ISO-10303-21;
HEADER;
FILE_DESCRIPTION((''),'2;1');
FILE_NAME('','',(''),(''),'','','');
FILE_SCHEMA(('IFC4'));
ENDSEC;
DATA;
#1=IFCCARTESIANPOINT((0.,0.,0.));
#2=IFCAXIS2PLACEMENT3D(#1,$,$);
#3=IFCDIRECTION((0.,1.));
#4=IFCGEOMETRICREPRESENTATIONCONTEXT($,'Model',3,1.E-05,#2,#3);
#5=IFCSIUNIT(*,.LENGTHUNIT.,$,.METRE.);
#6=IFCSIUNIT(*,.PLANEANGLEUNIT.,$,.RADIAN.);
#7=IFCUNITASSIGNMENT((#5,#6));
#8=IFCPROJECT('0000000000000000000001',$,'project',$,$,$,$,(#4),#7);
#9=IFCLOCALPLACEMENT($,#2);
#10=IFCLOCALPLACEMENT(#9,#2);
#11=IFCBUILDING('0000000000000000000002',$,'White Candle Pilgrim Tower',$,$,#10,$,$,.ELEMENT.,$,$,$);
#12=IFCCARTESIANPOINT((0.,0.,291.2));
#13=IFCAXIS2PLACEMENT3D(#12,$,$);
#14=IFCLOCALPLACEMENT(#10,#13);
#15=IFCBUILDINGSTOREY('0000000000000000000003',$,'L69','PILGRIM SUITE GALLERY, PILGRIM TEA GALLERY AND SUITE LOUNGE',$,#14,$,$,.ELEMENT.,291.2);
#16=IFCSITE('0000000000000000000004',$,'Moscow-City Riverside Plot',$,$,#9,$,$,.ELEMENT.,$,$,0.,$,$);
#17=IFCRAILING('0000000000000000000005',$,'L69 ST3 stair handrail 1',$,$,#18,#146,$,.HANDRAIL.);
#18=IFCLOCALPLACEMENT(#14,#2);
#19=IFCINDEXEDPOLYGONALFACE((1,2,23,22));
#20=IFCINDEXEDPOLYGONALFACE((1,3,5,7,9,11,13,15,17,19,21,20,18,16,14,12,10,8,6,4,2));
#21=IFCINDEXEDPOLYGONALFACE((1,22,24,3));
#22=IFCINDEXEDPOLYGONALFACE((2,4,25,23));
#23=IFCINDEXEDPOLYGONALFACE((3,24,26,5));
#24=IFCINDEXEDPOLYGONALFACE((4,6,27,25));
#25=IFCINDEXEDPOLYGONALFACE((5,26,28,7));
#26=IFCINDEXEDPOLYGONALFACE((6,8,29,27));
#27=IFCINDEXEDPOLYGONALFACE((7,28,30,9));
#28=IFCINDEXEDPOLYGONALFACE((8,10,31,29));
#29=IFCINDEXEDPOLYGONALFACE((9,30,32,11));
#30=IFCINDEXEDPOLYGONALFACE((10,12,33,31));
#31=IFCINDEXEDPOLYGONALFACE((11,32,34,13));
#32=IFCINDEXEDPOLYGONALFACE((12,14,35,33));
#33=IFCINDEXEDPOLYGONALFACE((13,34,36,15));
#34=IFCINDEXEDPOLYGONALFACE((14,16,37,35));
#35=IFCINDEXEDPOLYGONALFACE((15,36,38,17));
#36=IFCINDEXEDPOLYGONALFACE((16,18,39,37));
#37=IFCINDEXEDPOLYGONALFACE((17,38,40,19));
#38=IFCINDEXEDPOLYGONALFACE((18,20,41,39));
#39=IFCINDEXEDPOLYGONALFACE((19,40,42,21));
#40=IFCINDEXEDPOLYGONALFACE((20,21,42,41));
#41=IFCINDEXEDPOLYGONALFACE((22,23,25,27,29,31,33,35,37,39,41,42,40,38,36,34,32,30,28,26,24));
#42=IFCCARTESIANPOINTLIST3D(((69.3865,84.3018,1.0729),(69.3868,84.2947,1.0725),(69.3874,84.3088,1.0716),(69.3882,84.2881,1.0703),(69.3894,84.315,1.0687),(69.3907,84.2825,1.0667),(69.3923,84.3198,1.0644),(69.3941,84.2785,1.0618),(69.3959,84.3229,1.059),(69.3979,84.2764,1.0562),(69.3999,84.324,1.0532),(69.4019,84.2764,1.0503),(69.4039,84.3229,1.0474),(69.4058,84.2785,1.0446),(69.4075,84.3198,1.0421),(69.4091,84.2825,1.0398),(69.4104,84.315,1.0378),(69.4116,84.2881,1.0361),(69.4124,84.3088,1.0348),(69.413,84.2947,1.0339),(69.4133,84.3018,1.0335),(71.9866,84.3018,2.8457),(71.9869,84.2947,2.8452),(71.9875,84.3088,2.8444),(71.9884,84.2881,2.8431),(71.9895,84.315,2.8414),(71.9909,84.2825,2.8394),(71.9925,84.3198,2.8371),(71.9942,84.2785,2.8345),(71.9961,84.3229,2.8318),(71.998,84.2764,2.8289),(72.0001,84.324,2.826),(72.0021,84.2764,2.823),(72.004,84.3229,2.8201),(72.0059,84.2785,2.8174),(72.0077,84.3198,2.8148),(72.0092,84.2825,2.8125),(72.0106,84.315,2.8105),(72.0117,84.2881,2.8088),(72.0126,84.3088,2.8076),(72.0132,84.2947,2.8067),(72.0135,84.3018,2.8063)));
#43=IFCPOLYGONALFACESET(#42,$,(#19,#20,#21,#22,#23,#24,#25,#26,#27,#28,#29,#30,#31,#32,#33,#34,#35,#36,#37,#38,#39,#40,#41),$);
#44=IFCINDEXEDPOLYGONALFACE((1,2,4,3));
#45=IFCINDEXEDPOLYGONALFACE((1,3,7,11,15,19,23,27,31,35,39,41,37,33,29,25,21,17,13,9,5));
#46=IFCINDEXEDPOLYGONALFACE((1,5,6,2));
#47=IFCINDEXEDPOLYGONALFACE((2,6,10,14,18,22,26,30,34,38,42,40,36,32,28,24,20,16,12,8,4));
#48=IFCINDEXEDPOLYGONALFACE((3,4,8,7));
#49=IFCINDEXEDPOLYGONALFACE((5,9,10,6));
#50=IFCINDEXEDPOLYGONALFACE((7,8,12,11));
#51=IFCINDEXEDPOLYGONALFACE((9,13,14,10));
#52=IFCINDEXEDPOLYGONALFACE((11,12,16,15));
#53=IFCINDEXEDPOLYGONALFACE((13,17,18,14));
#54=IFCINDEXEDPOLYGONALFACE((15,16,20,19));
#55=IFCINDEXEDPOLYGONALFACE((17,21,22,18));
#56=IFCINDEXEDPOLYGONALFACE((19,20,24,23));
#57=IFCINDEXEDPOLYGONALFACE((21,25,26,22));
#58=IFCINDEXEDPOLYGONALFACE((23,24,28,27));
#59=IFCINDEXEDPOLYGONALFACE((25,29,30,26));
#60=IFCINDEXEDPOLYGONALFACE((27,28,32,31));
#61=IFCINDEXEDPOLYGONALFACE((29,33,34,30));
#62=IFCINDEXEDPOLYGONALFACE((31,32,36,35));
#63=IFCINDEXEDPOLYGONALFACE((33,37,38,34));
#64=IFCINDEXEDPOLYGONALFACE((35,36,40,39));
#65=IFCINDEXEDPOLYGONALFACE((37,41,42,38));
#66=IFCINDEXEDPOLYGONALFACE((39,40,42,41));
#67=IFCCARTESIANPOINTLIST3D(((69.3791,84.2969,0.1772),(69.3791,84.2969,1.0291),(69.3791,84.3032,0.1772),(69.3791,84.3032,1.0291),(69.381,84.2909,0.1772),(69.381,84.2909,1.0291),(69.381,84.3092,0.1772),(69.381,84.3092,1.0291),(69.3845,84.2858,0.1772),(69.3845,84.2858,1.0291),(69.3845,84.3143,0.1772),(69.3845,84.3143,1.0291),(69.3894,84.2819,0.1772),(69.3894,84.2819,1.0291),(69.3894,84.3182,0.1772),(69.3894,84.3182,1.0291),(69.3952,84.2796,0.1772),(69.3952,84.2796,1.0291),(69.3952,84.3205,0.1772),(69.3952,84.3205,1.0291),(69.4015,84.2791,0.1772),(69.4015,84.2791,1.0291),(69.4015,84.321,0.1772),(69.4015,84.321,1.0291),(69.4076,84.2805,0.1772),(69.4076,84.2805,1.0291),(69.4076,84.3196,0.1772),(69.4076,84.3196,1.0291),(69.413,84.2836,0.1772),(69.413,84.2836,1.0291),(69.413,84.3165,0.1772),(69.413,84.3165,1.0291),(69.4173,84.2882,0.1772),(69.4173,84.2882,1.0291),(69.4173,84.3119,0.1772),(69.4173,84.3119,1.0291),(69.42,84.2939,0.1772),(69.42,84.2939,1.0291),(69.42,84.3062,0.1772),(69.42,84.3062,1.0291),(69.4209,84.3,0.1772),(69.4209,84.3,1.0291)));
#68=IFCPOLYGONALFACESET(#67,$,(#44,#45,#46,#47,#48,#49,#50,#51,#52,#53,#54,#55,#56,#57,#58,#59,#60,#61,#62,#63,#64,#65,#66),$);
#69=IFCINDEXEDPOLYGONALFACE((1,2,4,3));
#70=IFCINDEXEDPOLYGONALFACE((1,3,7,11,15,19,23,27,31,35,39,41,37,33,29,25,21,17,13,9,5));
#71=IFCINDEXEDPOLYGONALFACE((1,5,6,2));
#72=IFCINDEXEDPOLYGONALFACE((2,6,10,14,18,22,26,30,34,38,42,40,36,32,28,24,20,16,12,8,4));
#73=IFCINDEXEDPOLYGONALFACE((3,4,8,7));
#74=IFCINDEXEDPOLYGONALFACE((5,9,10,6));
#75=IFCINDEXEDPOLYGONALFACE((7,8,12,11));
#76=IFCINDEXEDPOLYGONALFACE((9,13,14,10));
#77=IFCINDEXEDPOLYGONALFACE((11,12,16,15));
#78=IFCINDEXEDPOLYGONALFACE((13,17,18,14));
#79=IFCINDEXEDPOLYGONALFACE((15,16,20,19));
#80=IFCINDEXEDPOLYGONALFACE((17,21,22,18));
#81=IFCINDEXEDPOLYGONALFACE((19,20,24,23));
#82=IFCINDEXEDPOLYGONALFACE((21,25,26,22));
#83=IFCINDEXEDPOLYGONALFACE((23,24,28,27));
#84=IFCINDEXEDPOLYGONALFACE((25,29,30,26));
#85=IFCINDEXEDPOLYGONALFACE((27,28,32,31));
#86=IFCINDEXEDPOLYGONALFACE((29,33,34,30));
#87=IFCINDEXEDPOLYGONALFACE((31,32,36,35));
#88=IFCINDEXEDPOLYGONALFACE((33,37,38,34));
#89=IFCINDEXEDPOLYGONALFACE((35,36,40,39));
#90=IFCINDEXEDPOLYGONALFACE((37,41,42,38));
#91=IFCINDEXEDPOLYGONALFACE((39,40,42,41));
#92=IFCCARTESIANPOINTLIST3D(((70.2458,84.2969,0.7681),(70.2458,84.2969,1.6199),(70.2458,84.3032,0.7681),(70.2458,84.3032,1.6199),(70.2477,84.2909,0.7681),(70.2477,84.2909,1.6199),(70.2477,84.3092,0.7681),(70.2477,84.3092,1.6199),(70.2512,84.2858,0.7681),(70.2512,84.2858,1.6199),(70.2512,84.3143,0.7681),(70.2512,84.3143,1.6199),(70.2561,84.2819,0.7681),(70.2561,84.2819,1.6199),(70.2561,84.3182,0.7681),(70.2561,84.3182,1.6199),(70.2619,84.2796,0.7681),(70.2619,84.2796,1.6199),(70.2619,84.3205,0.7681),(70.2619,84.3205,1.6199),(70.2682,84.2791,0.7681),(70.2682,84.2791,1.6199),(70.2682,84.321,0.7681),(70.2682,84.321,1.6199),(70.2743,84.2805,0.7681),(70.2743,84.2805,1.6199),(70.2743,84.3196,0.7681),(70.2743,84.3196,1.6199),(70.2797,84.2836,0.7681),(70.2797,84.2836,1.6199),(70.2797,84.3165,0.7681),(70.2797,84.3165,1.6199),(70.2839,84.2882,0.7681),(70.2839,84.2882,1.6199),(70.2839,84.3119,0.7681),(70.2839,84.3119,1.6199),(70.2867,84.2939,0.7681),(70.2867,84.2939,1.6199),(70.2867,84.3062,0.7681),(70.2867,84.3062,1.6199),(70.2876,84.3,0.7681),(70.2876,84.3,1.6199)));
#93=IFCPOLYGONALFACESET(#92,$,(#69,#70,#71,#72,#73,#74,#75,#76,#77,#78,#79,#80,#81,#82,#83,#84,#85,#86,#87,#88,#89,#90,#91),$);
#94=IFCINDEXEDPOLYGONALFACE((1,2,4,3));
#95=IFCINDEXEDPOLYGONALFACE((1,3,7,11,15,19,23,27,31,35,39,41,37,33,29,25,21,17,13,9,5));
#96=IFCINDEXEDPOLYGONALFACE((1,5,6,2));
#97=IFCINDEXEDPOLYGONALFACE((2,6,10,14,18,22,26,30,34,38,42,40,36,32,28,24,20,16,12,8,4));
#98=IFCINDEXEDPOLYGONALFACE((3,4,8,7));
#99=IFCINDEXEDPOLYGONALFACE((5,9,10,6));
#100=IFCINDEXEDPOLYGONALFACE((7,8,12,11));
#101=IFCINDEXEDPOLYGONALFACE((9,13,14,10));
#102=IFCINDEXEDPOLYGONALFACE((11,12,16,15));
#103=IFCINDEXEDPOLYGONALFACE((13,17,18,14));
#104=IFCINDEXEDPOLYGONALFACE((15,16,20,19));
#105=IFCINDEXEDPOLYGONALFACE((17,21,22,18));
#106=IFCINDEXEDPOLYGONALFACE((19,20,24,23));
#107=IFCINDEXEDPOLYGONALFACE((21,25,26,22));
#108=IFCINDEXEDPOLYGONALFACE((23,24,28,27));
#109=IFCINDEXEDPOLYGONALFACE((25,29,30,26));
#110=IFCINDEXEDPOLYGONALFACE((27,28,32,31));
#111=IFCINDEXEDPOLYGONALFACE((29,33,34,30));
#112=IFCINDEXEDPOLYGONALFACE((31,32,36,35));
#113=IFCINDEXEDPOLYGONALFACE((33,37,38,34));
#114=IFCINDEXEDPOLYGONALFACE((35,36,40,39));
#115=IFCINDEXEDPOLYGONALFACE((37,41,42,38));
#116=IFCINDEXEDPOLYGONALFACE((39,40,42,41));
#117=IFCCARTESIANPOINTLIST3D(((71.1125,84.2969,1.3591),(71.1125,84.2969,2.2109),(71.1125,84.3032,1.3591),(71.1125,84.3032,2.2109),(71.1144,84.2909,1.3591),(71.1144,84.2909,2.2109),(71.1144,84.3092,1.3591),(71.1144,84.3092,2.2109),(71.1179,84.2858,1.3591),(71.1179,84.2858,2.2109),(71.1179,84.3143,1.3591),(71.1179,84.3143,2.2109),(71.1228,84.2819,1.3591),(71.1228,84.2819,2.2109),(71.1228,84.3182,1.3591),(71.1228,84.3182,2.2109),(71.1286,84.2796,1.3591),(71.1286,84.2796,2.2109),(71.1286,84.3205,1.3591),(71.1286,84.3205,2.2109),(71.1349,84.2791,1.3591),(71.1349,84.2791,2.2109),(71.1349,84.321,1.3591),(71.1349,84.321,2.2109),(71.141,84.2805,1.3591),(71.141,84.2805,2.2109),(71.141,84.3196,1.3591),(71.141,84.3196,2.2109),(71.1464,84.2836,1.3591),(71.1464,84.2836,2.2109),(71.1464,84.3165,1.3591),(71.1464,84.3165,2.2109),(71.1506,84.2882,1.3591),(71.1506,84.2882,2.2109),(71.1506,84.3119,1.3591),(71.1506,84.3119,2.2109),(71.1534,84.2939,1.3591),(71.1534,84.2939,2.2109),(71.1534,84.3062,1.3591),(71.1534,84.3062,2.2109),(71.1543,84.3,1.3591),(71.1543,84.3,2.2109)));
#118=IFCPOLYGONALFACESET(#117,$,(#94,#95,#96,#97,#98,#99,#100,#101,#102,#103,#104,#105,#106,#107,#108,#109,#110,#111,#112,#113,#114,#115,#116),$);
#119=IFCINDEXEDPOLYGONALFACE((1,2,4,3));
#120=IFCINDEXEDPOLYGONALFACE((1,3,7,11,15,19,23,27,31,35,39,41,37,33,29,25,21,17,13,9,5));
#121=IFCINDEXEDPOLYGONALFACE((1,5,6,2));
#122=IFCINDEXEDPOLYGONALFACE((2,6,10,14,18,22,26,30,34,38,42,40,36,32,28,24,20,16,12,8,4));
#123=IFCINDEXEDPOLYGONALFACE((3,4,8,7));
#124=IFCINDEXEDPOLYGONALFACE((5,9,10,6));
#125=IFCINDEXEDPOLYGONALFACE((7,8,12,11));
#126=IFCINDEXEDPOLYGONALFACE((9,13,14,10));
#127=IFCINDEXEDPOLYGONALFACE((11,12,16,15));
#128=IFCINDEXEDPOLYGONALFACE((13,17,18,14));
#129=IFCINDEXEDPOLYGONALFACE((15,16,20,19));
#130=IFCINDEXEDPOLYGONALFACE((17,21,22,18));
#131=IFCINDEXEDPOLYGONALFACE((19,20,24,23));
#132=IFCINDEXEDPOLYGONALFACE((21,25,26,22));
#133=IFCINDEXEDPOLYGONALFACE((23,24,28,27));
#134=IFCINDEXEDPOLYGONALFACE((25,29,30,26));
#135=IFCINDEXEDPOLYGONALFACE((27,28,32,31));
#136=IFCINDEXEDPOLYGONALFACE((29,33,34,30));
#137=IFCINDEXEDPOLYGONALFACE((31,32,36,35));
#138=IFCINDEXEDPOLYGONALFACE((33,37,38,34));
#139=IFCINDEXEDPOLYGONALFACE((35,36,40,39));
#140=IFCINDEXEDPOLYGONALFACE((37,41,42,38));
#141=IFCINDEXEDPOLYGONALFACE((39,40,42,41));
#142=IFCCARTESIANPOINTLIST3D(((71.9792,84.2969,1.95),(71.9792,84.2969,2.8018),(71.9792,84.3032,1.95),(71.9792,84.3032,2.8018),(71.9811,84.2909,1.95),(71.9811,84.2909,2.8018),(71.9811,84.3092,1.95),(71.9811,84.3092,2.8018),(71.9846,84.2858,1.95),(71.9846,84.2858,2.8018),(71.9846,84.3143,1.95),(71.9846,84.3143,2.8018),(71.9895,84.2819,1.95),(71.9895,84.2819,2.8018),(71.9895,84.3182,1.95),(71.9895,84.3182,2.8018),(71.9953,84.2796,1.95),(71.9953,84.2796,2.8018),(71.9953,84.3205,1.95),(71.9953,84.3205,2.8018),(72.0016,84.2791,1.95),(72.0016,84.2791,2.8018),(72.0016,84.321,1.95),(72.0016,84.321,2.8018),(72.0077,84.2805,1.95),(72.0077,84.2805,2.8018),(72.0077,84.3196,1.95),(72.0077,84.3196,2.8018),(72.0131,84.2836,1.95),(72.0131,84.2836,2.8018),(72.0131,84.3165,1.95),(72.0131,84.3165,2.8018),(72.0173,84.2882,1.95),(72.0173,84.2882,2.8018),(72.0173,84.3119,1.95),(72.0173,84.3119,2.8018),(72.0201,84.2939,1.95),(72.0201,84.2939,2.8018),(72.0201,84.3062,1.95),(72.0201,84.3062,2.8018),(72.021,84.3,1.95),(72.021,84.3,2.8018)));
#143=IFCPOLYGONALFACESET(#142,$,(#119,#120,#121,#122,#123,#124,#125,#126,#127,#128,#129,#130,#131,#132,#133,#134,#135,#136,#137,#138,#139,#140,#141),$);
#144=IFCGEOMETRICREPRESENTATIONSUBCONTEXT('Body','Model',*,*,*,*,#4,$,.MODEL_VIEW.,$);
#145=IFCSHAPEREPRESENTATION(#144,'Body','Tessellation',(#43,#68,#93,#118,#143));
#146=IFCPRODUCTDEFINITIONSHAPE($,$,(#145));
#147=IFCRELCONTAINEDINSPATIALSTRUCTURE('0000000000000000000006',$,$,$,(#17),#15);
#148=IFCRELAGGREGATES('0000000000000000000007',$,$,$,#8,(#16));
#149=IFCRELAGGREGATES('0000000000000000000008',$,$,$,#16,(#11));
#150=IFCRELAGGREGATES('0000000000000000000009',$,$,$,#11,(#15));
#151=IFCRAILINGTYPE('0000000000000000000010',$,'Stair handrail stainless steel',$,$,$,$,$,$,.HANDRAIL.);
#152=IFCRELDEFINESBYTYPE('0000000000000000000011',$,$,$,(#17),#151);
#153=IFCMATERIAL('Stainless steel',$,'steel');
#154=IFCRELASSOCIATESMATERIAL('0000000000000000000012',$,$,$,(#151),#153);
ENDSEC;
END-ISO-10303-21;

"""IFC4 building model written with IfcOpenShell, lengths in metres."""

from ifc_helpers import new_model, si_unit, direction, frame, origin, origin_2d, place, context, subcontext, project, spatial, circle, extrude, material, type_object, element, save


model = new_model("IFC4")

# Units and contexts
model_context = context("Model", 3, precision=1e-05, world=origin(), true_north=direction((0.0, 1.0)))
body_context = subcontext(model_context, "Body", "Model", "MODEL_VIEW")
ifc_project = project(units=[si_unit("LENGTHUNIT", "METRE"), si_unit("PLANEANGLEUNIT", "RADIAN")], contexts=[model_context])

# Site, building, storey
site_placement = place(None, origin())
site = spatial("IfcSite", under=ifc_project, at=site_placement, Name="Moscow-City Riverside Plot", CompositionType="ELEMENT", RefElevation=0.0)
building_placement = place(site_placement, origin())
building = spatial("IfcBuilding", under=site, at=building_placement, Name="White Candle Pilgrim Tower", CompositionType="ELEMENT")
storey_placement = place(building_placement, frame((0.0, 0.0, 291.2)))
storey = spatial("IfcBuildingStorey", under=building, at=storey_placement, Name="L69", Description="PILGRIM SUITE GALLERY, PILGRIM TEA GALLERY AND SUITE LOUNGE", CompositionType="ELEMENT", Elevation=291.2)

# Railing
ifc_material_1 = material(Name="Stainless steel", Category="steel")
railing_type_1 = type_object("IfcRailingType", Name="Stair handrail stainless steel", PredefinedType="HANDRAIL", material=ifc_material_1)
railing_1_placement = place(storey_placement, frame((69.3999, 84.3, 0.1772)))
element("IfcRailing", 1, at=railing_1_placement, inside=storey, type_object=railing_type_1, Name="L69 ST3 stair handrail 1", PredefinedType="HANDRAIL", context=body_context, shape_type="SweptSolid", body=[
    extrude(circle(Radius=0.0239, at=origin_2d()), frame((0.0, 0.0, 0.876), z_axis=(0.82624, 0.0, 0.563318), x_axis=(0.0, 1.0, 0.0)), (0.0, 0.0, 1.0), 3.147),
    extrude(circle(Radius=0.021, at=origin_2d()), origin(), (0.0, 0.0, 1.0), 0.8518),
    extrude(circle(Radius=0.021, at=origin_2d()), frame((0.8667, 0.0, 0.5908)), (0.0, 0.0, 1.0), 0.8518),
    extrude(circle(Radius=0.021, at=origin_2d()), frame((1.7334, 0.0, 1.1819)), (0.0, 0.0, 1.0), 0.8518),
    extrude(circle(Radius=0.021, at=origin_2d()), frame((2.6001, 0.0, 1.7727)), (0.0, 0.0, 1.0), 0.8518),
])

save(model, "model.ifc")
